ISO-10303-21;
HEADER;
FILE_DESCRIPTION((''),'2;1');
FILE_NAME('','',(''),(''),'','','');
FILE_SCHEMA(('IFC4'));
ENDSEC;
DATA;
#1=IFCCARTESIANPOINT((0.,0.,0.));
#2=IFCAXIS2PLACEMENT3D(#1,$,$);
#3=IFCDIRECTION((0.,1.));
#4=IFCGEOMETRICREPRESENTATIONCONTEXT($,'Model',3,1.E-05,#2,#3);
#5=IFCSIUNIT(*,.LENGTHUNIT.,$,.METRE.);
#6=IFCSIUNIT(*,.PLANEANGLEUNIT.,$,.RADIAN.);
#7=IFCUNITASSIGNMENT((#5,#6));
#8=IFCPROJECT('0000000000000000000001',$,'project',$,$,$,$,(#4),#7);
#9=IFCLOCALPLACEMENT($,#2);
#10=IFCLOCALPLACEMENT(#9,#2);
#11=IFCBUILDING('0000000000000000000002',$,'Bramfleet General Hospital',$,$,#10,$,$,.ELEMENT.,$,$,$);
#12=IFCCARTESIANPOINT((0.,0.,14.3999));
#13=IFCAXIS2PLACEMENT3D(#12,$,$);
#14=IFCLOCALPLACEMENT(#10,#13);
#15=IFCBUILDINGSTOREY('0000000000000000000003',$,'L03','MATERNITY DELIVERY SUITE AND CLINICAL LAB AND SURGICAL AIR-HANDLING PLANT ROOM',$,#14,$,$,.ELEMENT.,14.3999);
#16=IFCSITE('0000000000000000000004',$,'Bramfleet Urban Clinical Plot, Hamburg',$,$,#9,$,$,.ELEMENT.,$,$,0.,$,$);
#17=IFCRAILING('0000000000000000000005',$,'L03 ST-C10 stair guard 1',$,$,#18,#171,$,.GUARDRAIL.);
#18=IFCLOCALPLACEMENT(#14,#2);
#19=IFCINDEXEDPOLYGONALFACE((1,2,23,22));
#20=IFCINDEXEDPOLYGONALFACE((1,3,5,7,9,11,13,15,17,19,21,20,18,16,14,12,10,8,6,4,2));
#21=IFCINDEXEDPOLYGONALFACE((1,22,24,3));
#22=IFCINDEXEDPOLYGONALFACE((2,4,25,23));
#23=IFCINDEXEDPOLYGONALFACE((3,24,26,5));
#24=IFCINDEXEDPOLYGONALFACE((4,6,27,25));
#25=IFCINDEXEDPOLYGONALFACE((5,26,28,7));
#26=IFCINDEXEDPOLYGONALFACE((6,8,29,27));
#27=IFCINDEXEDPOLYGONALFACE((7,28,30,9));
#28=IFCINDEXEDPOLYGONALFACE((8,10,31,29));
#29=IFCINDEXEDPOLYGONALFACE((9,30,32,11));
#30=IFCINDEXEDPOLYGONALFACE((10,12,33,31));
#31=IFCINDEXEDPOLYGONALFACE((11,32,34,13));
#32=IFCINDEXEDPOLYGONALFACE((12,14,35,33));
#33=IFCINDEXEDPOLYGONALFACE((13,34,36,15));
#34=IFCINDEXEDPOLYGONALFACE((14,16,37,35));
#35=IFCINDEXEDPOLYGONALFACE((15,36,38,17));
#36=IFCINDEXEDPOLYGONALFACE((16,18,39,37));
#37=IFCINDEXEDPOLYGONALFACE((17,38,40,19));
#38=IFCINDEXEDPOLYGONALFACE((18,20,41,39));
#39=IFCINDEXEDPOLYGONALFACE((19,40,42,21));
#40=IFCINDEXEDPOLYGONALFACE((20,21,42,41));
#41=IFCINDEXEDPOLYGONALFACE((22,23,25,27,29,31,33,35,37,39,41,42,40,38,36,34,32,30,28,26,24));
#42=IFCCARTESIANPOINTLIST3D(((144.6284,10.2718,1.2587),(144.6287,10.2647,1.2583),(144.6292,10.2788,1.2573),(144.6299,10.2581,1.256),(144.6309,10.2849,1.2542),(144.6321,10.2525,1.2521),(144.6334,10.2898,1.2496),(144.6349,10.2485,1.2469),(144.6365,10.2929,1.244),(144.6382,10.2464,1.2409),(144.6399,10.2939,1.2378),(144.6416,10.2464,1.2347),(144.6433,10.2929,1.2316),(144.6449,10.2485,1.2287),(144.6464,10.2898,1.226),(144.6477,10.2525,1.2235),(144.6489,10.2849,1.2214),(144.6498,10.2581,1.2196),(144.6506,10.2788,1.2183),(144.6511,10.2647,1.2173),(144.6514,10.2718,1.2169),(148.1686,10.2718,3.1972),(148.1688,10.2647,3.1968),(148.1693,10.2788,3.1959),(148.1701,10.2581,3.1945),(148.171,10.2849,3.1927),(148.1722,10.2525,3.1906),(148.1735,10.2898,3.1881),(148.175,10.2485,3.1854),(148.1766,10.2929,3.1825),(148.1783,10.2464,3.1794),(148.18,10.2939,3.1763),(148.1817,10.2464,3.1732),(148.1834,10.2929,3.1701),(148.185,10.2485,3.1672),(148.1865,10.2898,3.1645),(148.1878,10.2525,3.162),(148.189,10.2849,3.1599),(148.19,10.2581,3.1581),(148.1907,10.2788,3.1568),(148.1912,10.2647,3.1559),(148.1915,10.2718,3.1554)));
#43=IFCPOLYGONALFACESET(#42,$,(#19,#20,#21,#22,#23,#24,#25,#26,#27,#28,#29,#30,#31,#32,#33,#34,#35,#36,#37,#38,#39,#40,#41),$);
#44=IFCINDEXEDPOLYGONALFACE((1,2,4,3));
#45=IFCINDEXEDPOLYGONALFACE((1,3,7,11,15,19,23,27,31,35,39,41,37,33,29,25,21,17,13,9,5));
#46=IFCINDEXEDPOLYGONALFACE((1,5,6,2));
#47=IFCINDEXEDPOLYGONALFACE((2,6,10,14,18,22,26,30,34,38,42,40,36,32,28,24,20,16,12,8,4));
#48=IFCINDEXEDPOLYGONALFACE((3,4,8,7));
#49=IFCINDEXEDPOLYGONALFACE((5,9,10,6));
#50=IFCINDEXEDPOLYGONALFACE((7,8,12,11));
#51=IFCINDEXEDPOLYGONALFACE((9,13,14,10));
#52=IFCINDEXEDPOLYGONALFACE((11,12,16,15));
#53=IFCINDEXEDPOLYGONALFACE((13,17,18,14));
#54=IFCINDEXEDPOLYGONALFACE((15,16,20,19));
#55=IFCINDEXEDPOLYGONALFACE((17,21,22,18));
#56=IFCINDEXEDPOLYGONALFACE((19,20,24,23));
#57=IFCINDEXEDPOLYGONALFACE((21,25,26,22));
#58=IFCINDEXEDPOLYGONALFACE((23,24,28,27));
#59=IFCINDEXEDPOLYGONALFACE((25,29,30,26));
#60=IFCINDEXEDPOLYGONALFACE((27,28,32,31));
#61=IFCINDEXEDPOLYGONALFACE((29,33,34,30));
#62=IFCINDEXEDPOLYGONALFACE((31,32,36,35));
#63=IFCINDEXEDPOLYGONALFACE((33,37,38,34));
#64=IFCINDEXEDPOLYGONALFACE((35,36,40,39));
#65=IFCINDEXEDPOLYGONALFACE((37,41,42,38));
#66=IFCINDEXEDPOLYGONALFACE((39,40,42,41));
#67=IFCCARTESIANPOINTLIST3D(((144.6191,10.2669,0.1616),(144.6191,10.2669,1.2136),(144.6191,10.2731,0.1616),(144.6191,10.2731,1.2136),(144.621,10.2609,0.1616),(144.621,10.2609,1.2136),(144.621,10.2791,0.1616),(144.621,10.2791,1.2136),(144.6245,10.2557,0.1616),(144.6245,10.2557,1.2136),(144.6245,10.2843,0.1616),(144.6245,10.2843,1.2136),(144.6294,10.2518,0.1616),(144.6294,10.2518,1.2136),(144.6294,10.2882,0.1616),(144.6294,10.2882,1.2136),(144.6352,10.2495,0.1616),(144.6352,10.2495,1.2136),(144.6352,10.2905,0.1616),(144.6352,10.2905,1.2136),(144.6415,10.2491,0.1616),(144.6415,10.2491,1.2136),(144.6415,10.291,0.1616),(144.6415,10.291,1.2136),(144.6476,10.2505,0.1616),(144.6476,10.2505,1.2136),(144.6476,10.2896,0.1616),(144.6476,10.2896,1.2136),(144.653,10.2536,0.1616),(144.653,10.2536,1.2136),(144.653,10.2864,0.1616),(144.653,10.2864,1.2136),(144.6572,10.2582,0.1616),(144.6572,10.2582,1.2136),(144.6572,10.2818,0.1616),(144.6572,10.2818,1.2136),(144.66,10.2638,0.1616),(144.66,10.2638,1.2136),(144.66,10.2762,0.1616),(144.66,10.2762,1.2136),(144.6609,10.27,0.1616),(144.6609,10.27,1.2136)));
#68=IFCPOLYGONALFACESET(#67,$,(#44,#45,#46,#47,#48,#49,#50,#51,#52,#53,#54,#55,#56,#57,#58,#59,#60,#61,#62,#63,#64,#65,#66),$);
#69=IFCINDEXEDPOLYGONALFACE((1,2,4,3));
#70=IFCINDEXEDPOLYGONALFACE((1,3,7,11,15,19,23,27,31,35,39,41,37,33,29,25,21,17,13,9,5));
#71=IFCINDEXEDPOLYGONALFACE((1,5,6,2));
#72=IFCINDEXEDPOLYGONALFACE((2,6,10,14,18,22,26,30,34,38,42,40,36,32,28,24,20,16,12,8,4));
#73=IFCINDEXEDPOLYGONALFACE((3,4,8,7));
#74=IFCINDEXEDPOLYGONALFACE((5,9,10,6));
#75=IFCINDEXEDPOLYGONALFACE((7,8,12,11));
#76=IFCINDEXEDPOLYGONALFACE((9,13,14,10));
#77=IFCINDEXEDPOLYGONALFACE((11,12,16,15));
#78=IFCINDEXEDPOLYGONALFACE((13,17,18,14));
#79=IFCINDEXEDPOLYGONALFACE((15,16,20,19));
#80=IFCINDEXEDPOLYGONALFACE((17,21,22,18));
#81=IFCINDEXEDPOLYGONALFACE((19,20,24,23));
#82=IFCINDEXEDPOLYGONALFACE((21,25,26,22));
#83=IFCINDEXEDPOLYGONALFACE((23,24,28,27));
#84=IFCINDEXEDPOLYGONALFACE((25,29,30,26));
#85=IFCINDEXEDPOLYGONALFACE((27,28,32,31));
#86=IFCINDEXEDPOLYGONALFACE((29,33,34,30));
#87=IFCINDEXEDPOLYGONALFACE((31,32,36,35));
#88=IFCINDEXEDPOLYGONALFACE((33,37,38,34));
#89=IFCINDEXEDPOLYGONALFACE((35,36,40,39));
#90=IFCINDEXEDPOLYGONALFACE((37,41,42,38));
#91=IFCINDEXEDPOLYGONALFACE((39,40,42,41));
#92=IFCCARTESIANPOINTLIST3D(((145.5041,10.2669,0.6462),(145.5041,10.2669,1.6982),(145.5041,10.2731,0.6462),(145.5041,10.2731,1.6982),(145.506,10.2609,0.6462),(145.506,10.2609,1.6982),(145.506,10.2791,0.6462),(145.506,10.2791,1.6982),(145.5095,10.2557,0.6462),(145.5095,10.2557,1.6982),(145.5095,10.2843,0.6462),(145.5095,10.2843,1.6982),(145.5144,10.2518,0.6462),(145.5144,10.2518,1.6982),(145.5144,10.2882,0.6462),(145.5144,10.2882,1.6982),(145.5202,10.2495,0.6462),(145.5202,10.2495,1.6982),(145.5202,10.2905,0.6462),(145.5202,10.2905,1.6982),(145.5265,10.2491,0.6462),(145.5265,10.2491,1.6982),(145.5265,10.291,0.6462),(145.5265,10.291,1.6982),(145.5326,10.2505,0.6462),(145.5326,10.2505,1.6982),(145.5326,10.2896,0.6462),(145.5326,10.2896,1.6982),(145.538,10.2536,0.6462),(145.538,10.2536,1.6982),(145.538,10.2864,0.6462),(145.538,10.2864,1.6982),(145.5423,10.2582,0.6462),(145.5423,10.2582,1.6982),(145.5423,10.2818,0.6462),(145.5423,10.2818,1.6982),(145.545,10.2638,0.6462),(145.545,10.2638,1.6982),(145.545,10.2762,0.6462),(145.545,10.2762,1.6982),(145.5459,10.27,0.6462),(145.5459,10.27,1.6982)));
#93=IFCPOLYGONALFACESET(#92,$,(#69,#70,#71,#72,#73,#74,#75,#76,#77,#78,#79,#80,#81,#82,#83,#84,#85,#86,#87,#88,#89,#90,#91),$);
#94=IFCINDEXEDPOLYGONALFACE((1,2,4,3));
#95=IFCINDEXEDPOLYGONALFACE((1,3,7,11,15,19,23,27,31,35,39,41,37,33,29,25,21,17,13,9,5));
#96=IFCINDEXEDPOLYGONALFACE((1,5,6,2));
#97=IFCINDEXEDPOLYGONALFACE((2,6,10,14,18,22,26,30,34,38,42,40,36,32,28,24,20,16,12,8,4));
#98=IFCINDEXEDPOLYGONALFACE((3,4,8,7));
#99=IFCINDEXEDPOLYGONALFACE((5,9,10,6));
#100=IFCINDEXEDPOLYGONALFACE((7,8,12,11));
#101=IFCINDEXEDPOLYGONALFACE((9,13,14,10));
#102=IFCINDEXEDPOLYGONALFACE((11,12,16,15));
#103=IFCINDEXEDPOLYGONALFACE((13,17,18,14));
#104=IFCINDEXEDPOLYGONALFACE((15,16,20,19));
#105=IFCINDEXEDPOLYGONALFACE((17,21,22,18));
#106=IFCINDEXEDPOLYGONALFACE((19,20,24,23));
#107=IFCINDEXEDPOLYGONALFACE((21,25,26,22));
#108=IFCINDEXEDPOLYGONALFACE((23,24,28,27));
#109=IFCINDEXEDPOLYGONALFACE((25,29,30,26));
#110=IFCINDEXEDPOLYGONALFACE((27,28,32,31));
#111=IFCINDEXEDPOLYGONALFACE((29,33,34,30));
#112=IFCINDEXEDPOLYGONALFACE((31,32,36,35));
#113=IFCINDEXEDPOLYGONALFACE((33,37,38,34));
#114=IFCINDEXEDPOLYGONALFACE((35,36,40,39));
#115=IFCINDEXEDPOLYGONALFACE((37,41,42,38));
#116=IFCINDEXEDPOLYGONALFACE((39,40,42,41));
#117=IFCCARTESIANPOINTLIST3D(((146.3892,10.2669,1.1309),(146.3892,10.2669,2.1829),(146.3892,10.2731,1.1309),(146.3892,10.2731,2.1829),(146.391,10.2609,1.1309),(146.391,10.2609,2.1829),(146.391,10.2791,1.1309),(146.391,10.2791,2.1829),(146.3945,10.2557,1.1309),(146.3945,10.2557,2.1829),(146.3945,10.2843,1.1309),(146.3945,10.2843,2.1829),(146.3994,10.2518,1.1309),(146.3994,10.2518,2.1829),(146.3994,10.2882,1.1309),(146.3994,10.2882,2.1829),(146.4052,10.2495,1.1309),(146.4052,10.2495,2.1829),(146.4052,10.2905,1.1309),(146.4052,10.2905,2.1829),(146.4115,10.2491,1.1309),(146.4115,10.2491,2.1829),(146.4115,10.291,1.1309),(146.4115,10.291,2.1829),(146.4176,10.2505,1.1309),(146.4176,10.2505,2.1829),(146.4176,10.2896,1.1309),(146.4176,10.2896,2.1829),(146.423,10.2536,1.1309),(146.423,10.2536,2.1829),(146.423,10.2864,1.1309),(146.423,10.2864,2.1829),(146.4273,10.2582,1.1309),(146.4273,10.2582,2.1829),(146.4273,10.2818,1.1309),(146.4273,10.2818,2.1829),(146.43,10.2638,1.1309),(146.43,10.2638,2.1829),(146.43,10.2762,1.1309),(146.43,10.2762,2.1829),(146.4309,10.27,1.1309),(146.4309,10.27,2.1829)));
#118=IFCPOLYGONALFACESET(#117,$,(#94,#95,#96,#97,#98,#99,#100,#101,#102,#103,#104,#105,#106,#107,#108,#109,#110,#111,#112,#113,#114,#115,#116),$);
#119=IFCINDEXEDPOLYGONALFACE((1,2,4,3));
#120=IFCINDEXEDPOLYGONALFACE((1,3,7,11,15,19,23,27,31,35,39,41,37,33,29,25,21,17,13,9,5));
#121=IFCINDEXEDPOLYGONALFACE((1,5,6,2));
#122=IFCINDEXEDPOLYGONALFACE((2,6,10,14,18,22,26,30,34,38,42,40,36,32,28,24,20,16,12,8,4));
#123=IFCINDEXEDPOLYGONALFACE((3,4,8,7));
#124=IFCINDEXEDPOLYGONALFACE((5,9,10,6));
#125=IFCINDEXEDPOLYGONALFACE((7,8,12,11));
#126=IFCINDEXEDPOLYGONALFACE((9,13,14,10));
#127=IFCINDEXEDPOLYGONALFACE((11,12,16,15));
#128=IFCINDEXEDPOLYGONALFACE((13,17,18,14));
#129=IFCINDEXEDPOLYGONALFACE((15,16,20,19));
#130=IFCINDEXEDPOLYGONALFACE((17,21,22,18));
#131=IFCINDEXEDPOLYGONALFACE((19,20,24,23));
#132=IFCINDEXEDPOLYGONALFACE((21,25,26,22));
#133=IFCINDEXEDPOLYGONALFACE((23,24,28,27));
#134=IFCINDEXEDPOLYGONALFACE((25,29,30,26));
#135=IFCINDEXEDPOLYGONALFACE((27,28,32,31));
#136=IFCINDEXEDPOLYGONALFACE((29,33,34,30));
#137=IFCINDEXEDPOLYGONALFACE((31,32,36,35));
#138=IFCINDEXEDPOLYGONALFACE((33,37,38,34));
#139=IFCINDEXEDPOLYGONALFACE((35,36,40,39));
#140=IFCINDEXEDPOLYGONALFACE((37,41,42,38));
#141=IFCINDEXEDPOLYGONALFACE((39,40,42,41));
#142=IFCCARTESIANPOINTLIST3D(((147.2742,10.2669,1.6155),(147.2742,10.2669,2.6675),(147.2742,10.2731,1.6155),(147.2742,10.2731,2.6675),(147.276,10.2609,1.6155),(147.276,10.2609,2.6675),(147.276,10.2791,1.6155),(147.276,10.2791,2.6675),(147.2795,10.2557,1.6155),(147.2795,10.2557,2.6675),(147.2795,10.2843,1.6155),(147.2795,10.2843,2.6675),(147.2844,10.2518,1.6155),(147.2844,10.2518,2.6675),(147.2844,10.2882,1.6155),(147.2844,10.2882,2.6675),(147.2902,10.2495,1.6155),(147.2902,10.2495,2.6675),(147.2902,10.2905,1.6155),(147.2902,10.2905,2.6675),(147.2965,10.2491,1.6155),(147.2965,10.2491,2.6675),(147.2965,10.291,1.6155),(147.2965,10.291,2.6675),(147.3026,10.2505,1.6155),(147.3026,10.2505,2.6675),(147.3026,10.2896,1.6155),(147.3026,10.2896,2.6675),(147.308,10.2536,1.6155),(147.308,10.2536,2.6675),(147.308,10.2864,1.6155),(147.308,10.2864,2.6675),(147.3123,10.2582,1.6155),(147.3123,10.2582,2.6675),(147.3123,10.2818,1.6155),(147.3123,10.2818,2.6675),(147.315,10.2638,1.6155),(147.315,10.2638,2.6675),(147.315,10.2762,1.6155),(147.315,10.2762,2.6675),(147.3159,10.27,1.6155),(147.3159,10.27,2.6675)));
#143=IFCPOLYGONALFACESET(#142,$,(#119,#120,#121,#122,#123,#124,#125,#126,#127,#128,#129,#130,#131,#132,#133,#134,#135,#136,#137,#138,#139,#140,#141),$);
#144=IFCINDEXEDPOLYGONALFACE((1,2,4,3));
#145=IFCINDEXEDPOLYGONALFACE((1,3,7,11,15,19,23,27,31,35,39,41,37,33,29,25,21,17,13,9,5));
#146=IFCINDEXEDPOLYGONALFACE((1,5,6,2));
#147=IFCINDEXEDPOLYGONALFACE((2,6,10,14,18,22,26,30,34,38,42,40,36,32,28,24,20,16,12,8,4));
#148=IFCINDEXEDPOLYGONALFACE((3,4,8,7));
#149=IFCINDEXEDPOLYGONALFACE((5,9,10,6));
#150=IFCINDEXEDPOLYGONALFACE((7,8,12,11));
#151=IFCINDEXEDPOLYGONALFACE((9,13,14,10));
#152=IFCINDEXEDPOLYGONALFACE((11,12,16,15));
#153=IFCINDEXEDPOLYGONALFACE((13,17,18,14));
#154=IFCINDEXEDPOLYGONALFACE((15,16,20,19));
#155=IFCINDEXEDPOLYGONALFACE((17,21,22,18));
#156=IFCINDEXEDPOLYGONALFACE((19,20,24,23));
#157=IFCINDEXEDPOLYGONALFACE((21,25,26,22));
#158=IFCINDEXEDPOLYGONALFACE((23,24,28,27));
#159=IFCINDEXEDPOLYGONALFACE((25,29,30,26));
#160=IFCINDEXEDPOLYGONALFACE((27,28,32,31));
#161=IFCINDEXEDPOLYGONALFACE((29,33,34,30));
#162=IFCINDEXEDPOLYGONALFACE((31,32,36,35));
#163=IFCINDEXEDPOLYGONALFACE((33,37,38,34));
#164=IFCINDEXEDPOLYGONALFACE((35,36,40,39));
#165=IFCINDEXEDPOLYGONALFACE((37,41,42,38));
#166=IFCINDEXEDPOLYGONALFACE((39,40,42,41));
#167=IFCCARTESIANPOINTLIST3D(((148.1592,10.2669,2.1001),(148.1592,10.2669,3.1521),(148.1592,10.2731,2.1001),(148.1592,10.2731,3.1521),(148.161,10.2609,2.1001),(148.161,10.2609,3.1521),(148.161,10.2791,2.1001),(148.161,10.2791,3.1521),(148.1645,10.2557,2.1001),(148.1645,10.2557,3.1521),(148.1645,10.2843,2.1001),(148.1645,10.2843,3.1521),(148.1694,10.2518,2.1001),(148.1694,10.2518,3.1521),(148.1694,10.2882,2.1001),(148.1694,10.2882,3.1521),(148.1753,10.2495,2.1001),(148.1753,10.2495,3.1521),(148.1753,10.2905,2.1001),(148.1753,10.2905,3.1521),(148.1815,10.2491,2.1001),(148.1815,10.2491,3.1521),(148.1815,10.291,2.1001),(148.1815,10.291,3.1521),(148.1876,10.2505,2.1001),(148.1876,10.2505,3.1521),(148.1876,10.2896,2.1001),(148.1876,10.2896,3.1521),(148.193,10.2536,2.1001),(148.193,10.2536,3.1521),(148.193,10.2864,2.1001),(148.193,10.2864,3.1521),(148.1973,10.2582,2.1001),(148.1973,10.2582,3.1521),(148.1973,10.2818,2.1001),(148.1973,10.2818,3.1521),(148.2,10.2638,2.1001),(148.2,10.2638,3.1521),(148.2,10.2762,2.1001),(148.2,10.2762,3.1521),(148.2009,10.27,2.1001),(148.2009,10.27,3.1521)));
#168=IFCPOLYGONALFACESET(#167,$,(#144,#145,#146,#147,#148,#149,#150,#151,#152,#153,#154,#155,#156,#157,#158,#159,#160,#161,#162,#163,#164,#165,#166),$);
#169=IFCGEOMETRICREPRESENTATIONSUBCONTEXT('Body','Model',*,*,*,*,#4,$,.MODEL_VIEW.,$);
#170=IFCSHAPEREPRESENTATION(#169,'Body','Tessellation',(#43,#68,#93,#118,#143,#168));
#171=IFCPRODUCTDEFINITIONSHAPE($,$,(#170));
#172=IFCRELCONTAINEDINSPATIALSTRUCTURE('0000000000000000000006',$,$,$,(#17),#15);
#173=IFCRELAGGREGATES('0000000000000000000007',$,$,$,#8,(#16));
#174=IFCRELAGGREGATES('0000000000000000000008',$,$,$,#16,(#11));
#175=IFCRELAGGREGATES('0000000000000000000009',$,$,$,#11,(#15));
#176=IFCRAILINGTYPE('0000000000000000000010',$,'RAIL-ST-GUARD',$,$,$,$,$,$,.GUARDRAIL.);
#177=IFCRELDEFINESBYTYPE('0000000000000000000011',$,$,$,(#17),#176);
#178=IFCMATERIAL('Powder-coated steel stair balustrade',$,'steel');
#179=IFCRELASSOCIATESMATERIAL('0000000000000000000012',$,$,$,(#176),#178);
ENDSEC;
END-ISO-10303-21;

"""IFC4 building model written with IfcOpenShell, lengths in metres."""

from ifc_helpers import new_model, si_unit, direction, frame, origin, origin_2d, place, context, subcontext, project, spatial, circle, extrude, material, type_object, element, save


model = new_model("IFC4")

# Units and contexts
model_context = context("Model", 3, precision=1e-05, world=origin(), true_north=direction((0.0, 1.0)))
body_context = subcontext(model_context, "Body", "Model", "MODEL_VIEW")
ifc_project = project(units=[si_unit("LENGTHUNIT", "METRE"), si_unit("PLANEANGLEUNIT", "RADIAN")], contexts=[model_context])

# Site, building, storey
site_placement = place(None, origin())
site = spatial("IfcSite", under=ifc_project, at=site_placement, Name="Bramfleet Urban Clinical Plot, Hamburg", CompositionType="ELEMENT", RefElevation=0.0)
building_placement = place(site_placement, origin())
building = spatial("IfcBuilding", under=site, at=building_placement, Name="Bramfleet General Hospital", CompositionType="ELEMENT")
storey_placement = place(building_placement, frame((0.0, 0.0, 14.3999)))
storey = spatial("IfcBuildingStorey", under=building, at=storey_placement, Name="L03", Description="MATERNITY DELIVERY SUITE AND CLINICAL LAB AND SURGICAL AIR-HANDLING PLANT ROOM", CompositionType="ELEMENT", Elevation=14.3999)

# Railing
ifc_material_1 = material(Name="Powder-coated steel stair balustrade", Category="steel")
railing_type_1 = type_object("IfcRailingType", Name="RAIL-ST-GUARD", PredefinedType="GUARDRAIL", material=ifc_material_1)
railing_1_placement = place(storey_placement, frame((144.6399, 10.27, 0.1616)))
element("IfcRailing", 1, at=railing_1_placement, inside=storey, type_object=railing_type_1, Name="L03 ST-C10 stair guard 1", PredefinedType="GUARDRAIL", context=body_context, shape_type="SweptSolid", body=[
    extrude(circle(Radius=0.0239, at=origin_2d()), frame((0.0, 0.0, 1.0762), z_axis=(0.877108, 0.0, 0.480292), x_axis=(0.0, 1.0, 0.0)), (0.0, 0.0, 1.0), 4.0361),
    extrude(circle(Radius=0.021, at=origin_2d()), origin(), (0.0, 0.0, 1.0), 1.052),
    extrude(circle(Radius=0.021, at=origin_2d()), frame((0.885, 0.0, 0.4846)), (0.0, 0.0, 1.0), 1.052),
    extrude(circle(Radius=0.021, at=origin_2d()), frame((1.77, 0.0, 0.9692)), (0.0, 0.0, 1.0), 1.052),
    extrude(circle(Radius=0.021, at=origin_2d()), frame((2.655, 0.0, 1.4539)), (0.0, 0.0, 1.0), 1.052),
    extrude(circle(Radius=0.021, at=origin_2d()), frame((3.54, 0.0, 1.9385)), (0.0, 0.0, 1.0), 1.052),
])

save(model, "model.ifc")
